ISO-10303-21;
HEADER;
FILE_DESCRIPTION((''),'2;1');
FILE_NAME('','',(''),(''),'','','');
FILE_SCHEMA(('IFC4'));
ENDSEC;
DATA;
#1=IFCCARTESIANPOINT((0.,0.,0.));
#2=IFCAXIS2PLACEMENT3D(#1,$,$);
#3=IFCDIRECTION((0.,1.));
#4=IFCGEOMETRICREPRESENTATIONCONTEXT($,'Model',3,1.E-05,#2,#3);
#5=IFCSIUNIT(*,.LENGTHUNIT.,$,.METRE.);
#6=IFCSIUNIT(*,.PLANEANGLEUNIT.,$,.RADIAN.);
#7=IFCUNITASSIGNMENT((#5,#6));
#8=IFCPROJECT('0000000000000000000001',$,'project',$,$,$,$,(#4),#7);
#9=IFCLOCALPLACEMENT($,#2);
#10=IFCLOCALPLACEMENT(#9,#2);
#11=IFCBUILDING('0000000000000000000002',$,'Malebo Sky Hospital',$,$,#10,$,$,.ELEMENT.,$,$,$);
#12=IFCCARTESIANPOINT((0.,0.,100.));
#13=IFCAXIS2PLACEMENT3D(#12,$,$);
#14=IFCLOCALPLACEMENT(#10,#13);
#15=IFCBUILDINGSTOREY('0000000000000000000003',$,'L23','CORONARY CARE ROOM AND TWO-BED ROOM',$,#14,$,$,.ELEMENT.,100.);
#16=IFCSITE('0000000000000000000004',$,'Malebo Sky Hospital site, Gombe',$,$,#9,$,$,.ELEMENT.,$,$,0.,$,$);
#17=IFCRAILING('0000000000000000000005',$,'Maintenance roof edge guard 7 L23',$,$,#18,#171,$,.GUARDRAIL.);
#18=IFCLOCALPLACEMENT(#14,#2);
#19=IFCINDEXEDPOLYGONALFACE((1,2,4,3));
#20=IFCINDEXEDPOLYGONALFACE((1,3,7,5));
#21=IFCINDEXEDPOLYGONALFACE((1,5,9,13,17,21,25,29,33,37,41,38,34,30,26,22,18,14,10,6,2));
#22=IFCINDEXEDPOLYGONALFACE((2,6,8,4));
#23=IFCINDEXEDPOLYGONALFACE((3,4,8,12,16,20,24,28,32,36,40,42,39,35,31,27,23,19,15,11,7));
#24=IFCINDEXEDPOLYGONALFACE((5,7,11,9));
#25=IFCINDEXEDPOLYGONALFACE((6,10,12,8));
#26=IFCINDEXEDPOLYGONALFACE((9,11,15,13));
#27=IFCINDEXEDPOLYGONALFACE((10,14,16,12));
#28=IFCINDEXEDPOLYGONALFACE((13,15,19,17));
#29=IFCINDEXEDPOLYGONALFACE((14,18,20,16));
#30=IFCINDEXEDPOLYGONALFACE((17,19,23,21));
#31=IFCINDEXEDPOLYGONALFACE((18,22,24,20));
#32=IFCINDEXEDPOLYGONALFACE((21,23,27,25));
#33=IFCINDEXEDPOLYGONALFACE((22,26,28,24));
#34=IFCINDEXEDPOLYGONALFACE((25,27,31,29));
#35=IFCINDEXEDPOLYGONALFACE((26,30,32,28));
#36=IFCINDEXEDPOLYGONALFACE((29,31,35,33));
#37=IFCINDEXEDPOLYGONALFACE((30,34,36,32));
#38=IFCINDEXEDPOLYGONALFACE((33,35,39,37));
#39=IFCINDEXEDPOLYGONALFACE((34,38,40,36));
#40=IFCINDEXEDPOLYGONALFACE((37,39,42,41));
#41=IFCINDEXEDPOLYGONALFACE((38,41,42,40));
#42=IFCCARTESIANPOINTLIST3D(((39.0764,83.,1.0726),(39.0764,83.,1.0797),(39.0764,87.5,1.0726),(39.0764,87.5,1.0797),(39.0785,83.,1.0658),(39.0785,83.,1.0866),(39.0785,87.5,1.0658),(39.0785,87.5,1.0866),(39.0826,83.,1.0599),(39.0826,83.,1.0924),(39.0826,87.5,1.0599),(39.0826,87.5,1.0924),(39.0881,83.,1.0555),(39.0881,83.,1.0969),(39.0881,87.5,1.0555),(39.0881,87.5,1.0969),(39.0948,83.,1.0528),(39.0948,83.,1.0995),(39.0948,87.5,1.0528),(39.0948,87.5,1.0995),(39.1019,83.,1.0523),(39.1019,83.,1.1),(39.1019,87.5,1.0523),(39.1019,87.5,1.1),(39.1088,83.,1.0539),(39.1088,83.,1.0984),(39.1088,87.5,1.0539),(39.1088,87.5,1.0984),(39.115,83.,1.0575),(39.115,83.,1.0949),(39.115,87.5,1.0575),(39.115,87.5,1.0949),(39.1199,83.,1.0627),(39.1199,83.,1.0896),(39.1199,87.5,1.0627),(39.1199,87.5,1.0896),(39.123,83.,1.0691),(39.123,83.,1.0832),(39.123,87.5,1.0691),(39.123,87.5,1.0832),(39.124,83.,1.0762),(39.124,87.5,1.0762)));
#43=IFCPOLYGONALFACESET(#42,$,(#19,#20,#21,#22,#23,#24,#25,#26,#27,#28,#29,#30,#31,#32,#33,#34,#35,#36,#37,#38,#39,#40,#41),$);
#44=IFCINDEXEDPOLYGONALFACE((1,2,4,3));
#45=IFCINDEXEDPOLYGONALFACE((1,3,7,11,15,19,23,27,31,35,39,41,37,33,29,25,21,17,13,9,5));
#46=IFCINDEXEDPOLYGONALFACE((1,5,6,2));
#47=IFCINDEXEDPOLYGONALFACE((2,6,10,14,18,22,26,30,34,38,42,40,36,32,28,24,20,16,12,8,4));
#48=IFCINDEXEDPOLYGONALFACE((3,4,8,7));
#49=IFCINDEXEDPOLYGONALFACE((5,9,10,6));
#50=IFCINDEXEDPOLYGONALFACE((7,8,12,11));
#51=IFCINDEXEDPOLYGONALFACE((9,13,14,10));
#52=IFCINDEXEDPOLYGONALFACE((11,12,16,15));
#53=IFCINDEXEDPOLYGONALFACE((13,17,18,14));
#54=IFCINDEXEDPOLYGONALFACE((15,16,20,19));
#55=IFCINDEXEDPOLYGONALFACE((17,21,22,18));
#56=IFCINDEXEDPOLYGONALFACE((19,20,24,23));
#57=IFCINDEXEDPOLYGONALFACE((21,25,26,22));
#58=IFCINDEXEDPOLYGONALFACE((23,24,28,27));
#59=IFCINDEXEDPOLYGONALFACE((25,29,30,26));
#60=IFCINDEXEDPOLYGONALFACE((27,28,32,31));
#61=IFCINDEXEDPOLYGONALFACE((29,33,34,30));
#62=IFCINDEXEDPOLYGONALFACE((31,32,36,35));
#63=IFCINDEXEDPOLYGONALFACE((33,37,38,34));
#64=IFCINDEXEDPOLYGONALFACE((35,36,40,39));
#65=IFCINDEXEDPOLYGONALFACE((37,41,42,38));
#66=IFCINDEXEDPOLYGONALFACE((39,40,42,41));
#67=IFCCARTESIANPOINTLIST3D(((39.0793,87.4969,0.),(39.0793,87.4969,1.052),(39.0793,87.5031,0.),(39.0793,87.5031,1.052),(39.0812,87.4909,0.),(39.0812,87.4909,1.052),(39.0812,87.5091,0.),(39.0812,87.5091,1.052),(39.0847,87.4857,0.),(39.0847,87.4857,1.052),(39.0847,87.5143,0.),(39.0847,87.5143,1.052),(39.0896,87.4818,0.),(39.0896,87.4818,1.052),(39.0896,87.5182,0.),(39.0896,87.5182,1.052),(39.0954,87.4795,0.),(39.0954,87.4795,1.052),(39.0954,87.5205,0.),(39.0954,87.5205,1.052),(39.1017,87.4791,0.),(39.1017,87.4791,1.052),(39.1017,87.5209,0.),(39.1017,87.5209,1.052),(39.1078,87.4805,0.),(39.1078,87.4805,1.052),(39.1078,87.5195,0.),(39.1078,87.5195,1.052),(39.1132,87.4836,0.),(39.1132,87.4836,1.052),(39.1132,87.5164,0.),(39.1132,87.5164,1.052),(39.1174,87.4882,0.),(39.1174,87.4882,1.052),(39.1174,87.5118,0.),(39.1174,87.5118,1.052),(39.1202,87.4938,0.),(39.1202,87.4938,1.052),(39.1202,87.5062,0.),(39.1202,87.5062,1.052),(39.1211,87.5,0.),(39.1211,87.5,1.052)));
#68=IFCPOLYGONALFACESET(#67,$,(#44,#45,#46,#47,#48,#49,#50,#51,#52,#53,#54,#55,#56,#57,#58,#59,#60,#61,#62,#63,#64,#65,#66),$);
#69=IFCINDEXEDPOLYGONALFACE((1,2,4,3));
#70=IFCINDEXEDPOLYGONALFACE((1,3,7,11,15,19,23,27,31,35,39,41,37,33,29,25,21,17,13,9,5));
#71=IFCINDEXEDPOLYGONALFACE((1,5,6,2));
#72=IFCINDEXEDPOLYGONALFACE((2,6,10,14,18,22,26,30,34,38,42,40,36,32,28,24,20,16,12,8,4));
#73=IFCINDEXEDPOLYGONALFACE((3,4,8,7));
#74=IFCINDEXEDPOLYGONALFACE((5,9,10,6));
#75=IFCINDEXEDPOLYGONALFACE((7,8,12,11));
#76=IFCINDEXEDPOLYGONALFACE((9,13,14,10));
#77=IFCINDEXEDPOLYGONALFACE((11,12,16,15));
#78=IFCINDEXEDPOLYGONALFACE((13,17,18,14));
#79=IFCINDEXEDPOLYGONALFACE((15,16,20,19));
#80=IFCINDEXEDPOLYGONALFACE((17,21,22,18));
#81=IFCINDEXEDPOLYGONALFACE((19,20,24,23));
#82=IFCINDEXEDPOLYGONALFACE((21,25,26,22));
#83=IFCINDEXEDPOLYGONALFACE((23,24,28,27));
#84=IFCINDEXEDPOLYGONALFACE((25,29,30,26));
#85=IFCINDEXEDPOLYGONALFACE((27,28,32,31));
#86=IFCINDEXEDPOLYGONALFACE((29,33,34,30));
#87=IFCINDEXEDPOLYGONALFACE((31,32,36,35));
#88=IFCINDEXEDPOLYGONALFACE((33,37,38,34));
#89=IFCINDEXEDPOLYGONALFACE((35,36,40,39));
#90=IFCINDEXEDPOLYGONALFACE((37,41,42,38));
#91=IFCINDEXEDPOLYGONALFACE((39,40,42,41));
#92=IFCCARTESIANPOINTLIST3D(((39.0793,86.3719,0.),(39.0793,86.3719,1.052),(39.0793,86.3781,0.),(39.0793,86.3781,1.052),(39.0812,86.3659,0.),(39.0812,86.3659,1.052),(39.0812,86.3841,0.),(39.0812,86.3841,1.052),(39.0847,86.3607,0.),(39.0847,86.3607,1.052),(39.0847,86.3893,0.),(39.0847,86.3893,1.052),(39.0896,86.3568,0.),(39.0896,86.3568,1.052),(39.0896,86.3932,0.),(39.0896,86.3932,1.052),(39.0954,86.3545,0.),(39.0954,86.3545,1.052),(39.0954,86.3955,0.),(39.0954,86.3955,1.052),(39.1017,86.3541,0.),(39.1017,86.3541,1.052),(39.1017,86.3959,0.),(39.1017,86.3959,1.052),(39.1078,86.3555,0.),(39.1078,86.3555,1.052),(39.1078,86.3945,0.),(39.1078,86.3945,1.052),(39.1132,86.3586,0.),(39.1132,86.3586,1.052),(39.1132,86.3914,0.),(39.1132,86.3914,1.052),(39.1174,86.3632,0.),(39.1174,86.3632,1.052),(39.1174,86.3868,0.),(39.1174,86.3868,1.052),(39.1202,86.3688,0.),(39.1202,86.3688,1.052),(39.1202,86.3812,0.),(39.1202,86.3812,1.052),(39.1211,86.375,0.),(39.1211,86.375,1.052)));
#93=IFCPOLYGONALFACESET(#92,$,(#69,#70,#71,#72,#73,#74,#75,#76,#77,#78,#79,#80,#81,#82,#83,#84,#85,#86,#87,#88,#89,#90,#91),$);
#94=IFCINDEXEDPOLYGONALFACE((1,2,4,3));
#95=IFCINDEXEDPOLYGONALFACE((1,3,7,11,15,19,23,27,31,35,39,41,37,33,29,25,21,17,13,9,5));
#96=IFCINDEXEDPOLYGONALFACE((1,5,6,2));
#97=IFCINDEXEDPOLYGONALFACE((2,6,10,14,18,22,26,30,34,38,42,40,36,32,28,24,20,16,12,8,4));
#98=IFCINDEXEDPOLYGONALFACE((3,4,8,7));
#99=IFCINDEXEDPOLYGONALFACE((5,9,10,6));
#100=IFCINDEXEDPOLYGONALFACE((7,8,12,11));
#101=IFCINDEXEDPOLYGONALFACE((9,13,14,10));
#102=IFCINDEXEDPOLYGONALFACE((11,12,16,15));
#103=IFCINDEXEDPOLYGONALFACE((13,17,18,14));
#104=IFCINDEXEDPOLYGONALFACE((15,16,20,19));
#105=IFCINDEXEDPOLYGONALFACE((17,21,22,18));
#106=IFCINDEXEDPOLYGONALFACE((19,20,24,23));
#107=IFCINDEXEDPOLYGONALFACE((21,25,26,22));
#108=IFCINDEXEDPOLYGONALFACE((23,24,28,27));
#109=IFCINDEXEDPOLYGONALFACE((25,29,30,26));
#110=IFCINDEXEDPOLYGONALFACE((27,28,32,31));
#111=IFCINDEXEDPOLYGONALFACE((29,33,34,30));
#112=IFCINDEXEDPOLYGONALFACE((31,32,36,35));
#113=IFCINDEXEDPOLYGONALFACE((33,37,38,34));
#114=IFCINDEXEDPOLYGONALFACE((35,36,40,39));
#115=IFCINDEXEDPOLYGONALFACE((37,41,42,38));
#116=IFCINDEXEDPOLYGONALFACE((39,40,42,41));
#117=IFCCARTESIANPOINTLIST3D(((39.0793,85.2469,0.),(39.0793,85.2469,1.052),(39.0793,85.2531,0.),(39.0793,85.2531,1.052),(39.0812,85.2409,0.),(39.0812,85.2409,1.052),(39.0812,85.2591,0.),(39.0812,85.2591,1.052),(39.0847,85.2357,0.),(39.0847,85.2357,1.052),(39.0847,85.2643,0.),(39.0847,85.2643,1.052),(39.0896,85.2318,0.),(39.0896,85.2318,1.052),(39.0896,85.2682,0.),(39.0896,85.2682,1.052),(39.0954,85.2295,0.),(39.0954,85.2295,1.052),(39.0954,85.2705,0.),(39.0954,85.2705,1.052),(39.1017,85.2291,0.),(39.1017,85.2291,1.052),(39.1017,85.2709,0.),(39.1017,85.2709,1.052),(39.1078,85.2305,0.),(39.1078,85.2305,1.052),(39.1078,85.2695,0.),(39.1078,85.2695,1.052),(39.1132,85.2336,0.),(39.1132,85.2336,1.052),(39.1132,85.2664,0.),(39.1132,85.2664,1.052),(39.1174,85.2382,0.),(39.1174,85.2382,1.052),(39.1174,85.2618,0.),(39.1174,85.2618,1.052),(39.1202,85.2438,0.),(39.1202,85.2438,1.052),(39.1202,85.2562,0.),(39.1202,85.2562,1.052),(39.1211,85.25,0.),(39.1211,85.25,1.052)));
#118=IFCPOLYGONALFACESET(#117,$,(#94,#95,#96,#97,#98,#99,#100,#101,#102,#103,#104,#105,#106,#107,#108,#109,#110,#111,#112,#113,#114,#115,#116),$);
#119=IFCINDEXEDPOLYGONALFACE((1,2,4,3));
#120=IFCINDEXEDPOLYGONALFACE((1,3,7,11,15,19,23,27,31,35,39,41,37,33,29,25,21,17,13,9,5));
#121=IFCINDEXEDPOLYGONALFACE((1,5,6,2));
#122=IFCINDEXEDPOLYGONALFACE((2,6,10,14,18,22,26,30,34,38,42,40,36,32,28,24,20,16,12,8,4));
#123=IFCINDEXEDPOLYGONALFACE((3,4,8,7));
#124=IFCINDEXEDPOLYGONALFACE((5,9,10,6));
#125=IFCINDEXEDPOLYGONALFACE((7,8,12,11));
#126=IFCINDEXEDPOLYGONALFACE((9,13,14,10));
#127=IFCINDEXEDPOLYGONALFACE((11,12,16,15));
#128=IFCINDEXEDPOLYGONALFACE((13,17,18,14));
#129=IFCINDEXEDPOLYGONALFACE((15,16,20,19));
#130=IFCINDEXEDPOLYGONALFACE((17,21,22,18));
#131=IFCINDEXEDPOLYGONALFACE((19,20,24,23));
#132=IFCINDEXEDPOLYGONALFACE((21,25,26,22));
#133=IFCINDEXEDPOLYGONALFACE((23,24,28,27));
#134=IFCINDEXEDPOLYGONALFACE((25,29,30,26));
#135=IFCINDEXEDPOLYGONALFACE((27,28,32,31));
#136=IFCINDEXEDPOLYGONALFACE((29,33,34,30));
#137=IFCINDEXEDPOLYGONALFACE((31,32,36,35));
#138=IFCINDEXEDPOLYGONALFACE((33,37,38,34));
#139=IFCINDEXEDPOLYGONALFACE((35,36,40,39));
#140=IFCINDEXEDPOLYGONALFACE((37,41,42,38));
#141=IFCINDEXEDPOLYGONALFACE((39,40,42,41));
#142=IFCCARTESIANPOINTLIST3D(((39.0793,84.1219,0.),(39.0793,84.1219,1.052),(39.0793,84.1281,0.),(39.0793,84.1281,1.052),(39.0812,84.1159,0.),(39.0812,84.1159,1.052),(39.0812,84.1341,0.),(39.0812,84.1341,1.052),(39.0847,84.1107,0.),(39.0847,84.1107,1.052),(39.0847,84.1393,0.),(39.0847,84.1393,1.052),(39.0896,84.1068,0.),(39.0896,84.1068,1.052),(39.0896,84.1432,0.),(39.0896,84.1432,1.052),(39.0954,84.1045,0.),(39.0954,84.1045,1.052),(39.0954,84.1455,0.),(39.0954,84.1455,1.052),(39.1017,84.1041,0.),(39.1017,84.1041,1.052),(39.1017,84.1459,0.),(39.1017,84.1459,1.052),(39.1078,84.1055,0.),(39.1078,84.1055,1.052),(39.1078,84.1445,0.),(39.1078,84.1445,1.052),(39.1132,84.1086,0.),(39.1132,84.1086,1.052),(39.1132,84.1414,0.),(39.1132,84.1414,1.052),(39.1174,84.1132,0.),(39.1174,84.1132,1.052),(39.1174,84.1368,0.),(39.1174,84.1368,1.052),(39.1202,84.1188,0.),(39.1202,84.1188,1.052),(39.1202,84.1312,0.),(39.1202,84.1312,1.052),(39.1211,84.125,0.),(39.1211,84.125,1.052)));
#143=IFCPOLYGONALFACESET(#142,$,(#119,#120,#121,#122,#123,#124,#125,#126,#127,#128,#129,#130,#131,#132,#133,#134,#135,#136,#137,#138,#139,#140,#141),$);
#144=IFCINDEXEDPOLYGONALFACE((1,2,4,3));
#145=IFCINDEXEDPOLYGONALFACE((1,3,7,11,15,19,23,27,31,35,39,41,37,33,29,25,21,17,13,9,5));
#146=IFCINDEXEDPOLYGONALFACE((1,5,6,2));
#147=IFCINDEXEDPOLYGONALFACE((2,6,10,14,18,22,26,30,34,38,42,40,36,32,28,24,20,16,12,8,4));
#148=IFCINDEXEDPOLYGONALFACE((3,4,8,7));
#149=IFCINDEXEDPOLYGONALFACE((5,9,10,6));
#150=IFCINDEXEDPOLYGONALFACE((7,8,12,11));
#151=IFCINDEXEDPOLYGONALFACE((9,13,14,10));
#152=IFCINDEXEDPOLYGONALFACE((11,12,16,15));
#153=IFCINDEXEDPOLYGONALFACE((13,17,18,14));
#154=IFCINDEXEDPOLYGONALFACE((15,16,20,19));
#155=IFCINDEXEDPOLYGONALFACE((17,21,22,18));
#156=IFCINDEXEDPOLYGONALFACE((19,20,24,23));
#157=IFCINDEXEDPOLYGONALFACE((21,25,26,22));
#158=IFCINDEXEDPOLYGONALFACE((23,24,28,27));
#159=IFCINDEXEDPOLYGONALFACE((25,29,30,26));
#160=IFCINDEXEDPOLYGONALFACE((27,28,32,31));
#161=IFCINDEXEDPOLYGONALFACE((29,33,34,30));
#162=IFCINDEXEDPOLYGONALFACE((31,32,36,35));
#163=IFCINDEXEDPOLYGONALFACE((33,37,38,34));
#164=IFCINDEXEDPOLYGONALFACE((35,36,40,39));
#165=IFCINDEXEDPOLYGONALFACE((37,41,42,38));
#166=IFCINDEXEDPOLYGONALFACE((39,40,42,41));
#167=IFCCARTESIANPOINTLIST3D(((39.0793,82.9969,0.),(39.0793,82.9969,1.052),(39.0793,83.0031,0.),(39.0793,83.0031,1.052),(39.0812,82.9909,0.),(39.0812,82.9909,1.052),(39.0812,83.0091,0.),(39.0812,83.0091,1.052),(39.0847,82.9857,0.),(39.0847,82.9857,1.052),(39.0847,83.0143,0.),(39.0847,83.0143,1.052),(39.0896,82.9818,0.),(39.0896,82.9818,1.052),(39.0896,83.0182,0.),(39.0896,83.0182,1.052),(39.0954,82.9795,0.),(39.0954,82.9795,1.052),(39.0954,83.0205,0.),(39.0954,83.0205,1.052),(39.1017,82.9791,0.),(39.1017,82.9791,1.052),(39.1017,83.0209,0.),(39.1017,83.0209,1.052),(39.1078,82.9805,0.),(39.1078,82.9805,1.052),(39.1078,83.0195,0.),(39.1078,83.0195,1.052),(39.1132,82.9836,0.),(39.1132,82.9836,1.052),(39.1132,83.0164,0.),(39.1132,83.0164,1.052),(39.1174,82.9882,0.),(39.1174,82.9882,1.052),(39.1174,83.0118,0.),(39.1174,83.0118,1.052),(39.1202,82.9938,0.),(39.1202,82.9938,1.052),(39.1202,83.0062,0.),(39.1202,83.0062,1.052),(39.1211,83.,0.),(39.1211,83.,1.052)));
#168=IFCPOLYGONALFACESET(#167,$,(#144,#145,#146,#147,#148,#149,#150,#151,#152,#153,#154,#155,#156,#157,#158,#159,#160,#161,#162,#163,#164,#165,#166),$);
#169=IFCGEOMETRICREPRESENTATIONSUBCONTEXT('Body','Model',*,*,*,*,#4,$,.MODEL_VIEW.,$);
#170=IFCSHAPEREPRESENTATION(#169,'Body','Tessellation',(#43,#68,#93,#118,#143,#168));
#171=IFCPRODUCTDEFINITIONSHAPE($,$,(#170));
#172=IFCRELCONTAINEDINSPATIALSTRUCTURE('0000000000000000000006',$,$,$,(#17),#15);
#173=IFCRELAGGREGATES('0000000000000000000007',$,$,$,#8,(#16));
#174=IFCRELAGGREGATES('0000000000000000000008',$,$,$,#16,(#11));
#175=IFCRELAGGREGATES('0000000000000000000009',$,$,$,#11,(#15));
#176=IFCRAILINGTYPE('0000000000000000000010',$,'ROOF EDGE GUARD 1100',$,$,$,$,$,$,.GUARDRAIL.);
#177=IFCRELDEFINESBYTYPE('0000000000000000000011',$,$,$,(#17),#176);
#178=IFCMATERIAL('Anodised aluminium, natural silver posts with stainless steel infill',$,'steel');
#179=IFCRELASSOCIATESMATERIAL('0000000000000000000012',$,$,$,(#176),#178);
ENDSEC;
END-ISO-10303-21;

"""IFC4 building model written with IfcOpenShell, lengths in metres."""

from ifc_helpers import new_model, si_unit, direction, frame, origin, origin_2d, place, context, subcontext, project, spatial, circle, extrude, material, type_object, element, save


model = new_model("IFC4")

# Units and contexts
model_context = context("Model", 3, precision=1e-05, world=origin(), true_north=direction((0.0, 1.0)))
body_context = subcontext(model_context, "Body", "Model", "MODEL_VIEW")
ifc_project = project(units=[si_unit("LENGTHUNIT", "METRE"), si_unit("PLANEANGLEUNIT", "RADIAN")], contexts=[model_context])

# Site, building, storey
site_placement = place(None, origin())
site = spatial("IfcSite", under=ifc_project, at=site_placement, Name="Malebo Sky Hospital site, Gombe", CompositionType="ELEMENT", RefElevation=0.0)
building_placement = place(site_placement, origin())
building = spatial("IfcBuilding", under=site, at=building_placement, Name="Malebo Sky Hospital", CompositionType="ELEMENT")
storey_placement = place(building_placement, frame((0.0, 0.0, 100.0)))
storey = spatial("IfcBuildingStorey", under=building, at=storey_placement, Name="L23", Description="CORONARY CARE ROOM AND TWO-BED ROOM", CompositionType="ELEMENT", Elevation=100.0)

# Railing
ifc_material_1 = material(Name="Anodised aluminium, natural silver posts with stainless steel infill", Category="steel")
railing_type = type_object("IfcRailingType", Name="ROOF EDGE GUARD 1100", PredefinedType="GUARDRAIL", material=ifc_material_1)
railing_placement = place(storey_placement, frame((39.1001, 87.5, 0.0)))
element("IfcRailing", 1, at=railing_placement, inside=storey, type_object=railing_type, Name="Maintenance roof edge guard 7 L23", PredefinedType="GUARDRAIL", context=body_context, shape_type="SweptSolid", body=[
    extrude(circle(Radius=0.0239, at=origin_2d()), frame((0.0, 0.0, 1.0762), z_axis=(0.0, -1.0, 0.0), x_axis=(1.0, 0.0, 0.0)), (0.0, 0.0, 1.0), 4.5),
    extrude(circle(Radius=0.021, at=origin_2d()), origin(), (0.0, 0.0, 1.0), 1.052),
    extrude(circle(Radius=0.021, at=origin_2d()), frame((0.0, -1.125, 0.0)), (0.0, 0.0, 1.0), 1.052),
    extrude(circle(Radius=0.021, at=origin_2d()), frame((0.0, -2.25, 0.0)), (0.0, 0.0, 1.0), 1.052),
    extrude(circle(Radius=0.021, at=origin_2d()), frame((0.0, -3.375, 0.0)), (0.0, 0.0, 1.0), 1.052),
    extrude(circle(Radius=0.021, at=origin_2d()), frame((0.0, -4.5, 0.0)), (0.0, 0.0, 1.0), 1.052),
])

save(model, "model.ifc")
